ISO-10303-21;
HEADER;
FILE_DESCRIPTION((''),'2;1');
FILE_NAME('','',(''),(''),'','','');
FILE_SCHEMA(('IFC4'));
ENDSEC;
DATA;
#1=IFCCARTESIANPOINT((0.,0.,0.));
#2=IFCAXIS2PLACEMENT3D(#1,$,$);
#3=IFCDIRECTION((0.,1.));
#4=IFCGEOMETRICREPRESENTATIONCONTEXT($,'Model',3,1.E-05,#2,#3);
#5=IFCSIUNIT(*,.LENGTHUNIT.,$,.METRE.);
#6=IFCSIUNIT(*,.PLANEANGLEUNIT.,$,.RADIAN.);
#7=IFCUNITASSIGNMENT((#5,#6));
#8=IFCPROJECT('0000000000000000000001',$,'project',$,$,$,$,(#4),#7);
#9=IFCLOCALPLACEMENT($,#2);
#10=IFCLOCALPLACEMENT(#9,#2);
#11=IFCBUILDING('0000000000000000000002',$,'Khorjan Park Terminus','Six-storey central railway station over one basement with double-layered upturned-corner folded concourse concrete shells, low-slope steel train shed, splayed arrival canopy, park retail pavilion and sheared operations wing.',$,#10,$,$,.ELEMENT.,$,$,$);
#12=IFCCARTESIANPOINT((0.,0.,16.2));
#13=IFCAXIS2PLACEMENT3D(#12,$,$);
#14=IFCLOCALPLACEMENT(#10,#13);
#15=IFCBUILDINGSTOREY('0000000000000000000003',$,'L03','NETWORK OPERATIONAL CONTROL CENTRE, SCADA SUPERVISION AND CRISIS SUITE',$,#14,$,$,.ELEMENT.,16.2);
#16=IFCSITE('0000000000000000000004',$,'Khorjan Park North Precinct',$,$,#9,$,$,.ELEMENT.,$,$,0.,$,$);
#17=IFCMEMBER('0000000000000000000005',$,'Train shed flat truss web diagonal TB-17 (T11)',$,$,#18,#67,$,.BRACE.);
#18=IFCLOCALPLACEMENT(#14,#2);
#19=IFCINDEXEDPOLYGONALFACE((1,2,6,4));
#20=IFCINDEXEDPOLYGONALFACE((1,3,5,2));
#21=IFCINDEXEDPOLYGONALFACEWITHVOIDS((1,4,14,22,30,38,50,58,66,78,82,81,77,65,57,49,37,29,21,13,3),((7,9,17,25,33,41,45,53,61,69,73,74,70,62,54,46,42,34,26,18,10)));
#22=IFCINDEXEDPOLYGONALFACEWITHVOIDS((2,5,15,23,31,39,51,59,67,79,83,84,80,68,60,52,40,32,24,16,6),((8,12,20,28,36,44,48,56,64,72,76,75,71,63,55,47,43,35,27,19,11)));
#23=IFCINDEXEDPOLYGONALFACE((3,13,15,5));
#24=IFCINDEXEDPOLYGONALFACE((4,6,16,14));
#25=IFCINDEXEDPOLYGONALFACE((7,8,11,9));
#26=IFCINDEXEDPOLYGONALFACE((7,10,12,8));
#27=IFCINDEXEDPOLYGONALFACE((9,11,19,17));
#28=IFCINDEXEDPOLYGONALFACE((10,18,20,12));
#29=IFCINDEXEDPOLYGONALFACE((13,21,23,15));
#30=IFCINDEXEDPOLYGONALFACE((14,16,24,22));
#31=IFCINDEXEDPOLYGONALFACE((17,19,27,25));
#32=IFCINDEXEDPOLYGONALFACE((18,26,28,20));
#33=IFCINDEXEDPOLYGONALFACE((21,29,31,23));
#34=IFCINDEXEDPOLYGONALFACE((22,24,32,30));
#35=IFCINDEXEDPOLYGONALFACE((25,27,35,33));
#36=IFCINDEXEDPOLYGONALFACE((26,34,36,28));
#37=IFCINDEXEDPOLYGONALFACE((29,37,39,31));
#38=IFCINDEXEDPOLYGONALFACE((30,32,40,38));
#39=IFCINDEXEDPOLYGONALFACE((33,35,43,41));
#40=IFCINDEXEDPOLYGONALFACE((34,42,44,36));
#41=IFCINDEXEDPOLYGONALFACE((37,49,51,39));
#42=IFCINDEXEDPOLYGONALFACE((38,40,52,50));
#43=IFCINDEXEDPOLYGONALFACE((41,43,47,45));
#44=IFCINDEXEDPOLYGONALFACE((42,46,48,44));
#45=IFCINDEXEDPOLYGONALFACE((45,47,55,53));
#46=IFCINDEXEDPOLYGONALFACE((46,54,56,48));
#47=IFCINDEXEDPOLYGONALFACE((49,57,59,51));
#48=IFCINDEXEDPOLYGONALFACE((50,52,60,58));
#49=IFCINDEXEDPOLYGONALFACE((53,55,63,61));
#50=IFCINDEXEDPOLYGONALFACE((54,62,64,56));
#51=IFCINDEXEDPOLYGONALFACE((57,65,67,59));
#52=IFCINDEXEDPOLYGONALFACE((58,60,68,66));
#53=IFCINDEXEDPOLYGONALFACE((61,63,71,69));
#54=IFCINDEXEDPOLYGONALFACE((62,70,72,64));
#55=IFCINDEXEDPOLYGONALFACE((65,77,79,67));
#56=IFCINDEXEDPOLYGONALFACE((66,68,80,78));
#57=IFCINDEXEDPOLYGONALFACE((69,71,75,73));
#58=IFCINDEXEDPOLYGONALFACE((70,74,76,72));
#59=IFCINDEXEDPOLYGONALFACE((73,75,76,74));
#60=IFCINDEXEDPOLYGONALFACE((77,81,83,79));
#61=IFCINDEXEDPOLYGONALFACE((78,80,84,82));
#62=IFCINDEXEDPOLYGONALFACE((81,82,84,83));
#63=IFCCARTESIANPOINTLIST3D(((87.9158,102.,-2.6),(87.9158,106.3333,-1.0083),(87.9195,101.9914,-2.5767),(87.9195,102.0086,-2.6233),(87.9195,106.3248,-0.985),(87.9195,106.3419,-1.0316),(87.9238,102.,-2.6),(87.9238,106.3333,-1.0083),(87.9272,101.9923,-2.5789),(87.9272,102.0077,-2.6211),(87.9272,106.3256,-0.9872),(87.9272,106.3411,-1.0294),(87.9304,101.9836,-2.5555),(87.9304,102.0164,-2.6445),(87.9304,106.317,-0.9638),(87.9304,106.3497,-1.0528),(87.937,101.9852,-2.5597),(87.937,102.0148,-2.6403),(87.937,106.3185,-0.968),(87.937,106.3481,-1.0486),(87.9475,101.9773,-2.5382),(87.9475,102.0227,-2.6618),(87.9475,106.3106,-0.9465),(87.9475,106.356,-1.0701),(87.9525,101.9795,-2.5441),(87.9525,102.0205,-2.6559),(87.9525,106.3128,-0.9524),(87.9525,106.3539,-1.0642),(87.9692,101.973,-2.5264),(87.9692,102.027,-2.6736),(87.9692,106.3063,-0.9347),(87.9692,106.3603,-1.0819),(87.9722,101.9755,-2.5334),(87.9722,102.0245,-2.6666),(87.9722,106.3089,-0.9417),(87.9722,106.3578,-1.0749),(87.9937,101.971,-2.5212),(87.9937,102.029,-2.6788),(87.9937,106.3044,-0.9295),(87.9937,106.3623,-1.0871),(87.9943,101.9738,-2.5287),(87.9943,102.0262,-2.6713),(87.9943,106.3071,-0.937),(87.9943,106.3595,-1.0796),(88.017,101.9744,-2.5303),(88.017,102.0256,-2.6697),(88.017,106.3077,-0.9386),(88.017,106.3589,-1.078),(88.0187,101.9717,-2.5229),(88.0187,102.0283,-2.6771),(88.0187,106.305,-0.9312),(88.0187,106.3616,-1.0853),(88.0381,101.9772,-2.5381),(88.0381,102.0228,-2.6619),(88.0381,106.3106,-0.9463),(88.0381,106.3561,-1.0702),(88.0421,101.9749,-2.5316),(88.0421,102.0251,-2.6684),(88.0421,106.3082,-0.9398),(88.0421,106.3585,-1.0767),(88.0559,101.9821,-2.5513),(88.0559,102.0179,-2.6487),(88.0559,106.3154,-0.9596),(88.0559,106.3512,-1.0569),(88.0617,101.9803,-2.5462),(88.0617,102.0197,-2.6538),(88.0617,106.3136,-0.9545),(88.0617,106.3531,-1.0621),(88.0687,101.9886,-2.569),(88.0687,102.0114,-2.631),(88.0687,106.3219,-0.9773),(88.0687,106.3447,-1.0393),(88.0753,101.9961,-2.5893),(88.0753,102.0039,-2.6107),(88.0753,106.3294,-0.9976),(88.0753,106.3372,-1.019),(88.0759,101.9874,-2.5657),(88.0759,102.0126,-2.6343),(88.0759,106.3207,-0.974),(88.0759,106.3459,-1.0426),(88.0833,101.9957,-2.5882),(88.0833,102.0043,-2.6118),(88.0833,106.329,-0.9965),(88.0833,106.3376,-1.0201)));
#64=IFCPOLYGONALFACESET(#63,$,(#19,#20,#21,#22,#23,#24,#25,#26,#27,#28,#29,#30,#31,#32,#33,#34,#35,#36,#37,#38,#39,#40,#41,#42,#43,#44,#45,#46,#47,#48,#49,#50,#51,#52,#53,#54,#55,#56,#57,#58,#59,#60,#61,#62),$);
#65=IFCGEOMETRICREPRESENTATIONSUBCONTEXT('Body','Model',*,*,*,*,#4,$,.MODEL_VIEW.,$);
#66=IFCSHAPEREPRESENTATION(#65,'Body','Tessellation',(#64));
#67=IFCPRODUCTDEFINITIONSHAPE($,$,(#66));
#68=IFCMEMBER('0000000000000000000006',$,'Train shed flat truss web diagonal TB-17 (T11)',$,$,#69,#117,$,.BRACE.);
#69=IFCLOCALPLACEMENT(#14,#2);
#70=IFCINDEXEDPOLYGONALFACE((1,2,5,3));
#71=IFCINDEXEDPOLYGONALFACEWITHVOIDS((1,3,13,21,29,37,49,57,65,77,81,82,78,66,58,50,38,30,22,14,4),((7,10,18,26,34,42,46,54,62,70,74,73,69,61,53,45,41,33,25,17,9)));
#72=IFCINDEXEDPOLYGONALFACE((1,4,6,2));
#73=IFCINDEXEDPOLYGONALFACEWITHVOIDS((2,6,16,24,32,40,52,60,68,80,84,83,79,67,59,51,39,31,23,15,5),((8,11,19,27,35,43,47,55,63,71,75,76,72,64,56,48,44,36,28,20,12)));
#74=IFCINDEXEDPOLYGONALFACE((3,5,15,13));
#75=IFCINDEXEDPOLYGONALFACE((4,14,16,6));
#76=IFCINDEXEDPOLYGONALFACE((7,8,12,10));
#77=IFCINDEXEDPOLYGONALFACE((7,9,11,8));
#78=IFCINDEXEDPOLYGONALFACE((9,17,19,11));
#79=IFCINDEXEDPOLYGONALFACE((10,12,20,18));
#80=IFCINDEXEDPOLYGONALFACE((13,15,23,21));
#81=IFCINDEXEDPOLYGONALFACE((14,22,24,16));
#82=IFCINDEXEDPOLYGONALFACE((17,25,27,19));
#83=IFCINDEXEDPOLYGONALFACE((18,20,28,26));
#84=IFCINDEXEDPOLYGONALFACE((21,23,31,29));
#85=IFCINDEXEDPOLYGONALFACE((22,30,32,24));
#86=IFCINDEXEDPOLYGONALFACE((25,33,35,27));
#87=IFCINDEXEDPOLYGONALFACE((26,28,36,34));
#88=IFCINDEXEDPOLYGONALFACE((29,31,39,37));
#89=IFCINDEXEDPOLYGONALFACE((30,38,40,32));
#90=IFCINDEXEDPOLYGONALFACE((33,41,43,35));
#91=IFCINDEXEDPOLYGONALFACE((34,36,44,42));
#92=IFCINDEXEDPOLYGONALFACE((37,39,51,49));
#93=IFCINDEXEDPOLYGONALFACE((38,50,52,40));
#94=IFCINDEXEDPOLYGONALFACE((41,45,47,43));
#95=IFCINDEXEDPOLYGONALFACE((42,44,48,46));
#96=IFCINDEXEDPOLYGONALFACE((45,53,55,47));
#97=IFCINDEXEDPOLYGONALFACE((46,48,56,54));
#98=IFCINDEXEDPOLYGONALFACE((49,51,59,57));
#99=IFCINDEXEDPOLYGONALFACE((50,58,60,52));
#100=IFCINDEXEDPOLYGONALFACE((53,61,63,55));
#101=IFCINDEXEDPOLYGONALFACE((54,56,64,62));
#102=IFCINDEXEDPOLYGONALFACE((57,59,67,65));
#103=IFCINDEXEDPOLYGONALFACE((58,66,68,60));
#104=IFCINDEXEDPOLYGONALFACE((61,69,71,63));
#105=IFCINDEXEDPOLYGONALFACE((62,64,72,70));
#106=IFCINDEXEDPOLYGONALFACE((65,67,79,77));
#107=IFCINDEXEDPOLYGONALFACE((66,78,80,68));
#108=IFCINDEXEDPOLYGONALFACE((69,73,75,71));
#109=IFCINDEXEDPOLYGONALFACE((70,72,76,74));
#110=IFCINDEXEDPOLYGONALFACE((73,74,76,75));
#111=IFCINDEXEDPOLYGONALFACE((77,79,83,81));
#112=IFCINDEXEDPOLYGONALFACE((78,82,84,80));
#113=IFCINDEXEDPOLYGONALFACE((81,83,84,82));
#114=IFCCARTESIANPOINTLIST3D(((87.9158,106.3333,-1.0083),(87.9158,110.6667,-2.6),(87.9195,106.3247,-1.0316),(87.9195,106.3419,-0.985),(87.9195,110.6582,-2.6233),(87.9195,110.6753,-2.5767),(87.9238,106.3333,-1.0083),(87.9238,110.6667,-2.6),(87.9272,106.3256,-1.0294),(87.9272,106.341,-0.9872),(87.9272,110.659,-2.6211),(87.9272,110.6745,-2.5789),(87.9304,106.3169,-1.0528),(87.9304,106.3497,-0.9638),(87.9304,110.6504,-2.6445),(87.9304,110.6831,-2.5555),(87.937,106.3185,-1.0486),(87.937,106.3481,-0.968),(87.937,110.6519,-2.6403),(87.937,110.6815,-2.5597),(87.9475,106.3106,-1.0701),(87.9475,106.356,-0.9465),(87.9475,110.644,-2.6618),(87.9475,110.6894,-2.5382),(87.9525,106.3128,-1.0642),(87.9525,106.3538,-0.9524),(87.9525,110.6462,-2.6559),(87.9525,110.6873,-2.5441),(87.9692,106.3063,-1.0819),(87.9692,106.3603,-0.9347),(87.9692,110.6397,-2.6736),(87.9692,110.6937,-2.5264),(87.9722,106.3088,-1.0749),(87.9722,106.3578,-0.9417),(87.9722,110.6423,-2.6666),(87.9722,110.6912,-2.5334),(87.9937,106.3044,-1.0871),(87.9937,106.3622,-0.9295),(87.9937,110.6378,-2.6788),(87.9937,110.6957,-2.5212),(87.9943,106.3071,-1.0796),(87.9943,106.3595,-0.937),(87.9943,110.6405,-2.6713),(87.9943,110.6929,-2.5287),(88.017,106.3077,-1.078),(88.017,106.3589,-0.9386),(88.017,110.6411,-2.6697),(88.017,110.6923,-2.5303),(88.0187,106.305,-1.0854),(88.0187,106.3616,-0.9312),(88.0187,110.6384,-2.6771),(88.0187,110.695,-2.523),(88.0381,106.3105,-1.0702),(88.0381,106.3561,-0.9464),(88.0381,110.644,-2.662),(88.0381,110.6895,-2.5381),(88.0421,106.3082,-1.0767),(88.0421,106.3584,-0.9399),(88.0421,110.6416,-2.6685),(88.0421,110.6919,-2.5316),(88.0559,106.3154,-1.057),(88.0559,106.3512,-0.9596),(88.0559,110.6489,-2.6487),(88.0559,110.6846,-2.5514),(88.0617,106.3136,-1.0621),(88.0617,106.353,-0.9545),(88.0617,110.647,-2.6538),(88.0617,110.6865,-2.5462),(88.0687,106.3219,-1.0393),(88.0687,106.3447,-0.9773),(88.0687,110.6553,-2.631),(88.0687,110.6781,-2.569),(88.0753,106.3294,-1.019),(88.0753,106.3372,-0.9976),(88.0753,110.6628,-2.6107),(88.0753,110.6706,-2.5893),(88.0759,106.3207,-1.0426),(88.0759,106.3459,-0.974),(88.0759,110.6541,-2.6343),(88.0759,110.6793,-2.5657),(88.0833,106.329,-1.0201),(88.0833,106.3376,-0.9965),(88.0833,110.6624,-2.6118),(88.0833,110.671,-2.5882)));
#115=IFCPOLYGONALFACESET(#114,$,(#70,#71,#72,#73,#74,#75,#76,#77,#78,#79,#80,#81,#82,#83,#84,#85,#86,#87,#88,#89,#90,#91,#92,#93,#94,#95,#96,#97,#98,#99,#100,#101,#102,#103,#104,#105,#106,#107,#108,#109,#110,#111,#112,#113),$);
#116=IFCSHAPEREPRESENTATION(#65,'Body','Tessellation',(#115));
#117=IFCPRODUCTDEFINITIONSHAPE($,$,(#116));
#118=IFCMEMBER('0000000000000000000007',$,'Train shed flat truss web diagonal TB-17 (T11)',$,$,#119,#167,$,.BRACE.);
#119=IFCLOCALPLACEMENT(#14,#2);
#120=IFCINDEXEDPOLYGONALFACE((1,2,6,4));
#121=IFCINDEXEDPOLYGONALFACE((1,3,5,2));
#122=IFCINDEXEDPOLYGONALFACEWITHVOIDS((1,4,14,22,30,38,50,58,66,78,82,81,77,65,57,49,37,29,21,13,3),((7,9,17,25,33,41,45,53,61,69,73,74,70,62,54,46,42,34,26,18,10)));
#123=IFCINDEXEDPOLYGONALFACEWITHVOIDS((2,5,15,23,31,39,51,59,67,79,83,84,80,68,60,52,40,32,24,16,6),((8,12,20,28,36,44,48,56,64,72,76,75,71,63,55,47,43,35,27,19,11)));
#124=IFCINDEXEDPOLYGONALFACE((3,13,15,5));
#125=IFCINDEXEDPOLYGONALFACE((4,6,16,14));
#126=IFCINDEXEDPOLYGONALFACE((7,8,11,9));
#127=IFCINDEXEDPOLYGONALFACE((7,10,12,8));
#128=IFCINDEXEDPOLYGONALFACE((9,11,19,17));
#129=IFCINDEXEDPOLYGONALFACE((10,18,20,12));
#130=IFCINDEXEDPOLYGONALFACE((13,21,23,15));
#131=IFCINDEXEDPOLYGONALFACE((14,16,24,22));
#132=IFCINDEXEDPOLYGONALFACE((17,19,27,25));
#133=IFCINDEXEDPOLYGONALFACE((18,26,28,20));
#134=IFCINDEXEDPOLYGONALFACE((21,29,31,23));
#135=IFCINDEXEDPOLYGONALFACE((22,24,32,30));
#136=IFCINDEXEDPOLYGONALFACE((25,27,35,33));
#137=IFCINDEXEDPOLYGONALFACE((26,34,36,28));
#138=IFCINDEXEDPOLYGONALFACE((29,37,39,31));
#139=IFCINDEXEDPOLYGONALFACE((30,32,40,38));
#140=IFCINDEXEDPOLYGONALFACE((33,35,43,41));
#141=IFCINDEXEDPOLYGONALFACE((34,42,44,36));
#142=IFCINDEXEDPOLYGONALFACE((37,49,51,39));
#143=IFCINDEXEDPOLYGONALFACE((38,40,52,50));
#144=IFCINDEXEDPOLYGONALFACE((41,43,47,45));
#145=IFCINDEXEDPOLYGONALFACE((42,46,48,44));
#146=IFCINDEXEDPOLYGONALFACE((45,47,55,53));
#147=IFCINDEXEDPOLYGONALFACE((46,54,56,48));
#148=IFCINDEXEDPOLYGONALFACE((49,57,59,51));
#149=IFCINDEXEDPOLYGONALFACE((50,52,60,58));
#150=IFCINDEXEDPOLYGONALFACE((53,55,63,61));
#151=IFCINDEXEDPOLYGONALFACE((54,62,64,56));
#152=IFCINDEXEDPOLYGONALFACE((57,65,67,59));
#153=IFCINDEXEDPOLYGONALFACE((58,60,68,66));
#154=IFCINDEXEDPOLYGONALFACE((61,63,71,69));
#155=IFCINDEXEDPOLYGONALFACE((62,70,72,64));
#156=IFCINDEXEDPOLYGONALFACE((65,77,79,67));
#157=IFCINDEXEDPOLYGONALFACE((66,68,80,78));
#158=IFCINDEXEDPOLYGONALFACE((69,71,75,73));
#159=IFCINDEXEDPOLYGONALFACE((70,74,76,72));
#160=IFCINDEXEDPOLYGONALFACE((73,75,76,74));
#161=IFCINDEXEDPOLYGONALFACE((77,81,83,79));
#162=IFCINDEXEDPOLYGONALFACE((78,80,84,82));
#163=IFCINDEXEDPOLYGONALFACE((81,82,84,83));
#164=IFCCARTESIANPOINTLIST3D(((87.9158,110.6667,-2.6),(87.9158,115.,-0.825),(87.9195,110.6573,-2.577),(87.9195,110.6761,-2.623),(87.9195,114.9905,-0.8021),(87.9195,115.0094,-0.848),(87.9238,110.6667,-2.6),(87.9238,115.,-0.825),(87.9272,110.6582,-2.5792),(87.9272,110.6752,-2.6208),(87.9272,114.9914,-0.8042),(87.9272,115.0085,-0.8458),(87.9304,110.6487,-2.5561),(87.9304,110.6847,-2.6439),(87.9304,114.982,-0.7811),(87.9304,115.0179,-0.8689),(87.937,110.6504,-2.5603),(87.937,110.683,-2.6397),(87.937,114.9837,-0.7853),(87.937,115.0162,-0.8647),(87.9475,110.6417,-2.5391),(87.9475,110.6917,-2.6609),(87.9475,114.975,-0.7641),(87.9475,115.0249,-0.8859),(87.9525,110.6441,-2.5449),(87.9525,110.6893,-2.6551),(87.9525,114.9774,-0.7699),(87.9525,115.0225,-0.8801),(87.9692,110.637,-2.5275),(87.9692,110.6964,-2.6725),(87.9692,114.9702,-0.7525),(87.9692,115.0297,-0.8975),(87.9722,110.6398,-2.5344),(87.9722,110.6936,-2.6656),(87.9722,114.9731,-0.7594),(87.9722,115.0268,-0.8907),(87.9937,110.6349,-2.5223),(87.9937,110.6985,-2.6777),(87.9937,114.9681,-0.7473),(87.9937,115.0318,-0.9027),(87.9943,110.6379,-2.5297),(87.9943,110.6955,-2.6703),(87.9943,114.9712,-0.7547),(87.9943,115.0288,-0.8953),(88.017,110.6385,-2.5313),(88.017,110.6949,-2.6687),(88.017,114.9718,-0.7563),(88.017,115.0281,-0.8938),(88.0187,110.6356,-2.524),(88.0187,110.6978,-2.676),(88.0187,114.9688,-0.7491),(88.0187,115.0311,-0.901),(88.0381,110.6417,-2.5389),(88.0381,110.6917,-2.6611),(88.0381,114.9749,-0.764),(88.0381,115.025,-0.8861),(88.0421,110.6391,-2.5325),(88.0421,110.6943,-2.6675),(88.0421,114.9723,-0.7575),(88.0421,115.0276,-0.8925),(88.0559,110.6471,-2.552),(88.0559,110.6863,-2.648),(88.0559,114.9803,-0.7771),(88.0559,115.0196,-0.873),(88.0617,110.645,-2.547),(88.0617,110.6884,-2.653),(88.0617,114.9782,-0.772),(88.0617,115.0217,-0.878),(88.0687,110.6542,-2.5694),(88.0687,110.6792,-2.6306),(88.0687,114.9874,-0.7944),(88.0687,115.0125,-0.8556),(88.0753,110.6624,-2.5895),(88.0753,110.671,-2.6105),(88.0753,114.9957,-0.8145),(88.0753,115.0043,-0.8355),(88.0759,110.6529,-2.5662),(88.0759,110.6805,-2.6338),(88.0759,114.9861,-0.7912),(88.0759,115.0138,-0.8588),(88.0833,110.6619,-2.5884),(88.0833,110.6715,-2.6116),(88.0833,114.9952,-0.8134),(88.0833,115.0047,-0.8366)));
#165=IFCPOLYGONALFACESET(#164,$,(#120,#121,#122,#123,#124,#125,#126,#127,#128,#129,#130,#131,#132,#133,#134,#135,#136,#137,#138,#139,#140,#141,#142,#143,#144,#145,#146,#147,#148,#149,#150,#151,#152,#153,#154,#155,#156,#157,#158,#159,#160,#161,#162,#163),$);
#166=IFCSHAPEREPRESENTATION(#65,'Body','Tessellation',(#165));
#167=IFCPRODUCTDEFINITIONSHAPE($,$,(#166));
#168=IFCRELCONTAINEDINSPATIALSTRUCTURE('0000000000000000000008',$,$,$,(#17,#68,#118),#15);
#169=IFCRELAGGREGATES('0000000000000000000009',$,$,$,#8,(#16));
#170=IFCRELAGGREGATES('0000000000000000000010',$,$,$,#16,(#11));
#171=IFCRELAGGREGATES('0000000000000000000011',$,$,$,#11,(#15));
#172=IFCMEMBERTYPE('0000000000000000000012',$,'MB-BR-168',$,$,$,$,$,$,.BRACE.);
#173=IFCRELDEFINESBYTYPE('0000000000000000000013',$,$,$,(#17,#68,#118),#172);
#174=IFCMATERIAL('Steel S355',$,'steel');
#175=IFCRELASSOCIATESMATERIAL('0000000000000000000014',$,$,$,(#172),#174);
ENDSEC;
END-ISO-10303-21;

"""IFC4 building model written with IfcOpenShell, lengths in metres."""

from ifc_helpers import new_model, si_unit, direction, frame, origin, origin_2d, place, context, subcontext, project, spatial, hollow_circle, extrude, material, material_profile, profile_set, type_object, element, save


model = new_model("IFC4")

# Units and contexts
model_context = context("Model", 3, precision=1e-05, world=origin(), true_north=direction((0.0, 1.0)))
body_context = subcontext(model_context, "Body", "Model", "MODEL_VIEW")
ifc_project = project(units=[si_unit("LENGTHUNIT", "METRE"), si_unit("PLANEANGLEUNIT", "RADIAN")], contexts=[model_context])

# Site, building, storey
site_placement = place(None, origin())
site = spatial("IfcSite", under=ifc_project, at=site_placement, Name="Khorjan Park North Precinct", CompositionType="ELEMENT", RefElevation=0.0)
building_placement = place(site_placement, origin())
building = spatial("IfcBuilding", under=site, at=building_placement, Name="Khorjan Park Terminus", Description="Six-storey central railway station over one basement with double-layered upturned-corner folded concourse concrete shells, low-slope steel train shed, splayed arrival canopy, park retail pavilion and sheared operations wing.", CompositionType="ELEMENT")
storey_placement = place(building_placement, frame((0.0, 0.0, 16.2)))
storey = spatial("IfcBuildingStorey", under=building, at=storey_placement, Name="L03", Description="NETWORK OPERATIONAL CONTROL CENTRE, SCADA SUPERVISION AND CRISIS SUITE", CompositionType="ELEMENT", Elevation=16.2)

# Members
ifc_material_1 = material(Name="Steel S355", Category="steel")
ifc_material_profile_1 = material_profile(ifc_material_1, hollow_circle(Radius=0.0842, WallThickness=0.008, at=origin_2d()), Name="CHS 168.3x8")
ifc_profile_set_1 = profile_set([ifc_material_profile_1], Name="Steel S355")
member_type_1 = type_object("IfcMemberType", Name="MB-BR-168", PredefinedType="BRACE", material=ifc_profile_set_1)
member_1_placement = place(storey_placement, frame((88.0, 102.0, -2.6), z_axis=(0.0, 0.938678, 0.344794), x_axis=(-1.0, 0.0, 0.0)))
element("IfcMember", 1, at=member_1_placement, inside=storey, type_object=member_type_1, Name="Train shed flat truss web diagonal TB-17 (T11)", PredefinedType="BRACE", context=body_context, shape_type="SweptSolid", body=[
    extrude(hollow_circle(Radius=0.0842, WallThickness=0.008, at=origin_2d()), origin(), (0.0, 0.0, 1.0), 4.6164),
])
member_2_placement = place(storey_placement, frame((88.0, 106.3333, -1.0083), z_axis=(0.0, 0.938681, -0.344787), x_axis=(-1.0, 0.0, 0.0)))
element("IfcMember", 2, at=member_2_placement, inside=storey, type_object=member_type_1, Name="Train shed flat truss web diagonal TB-17 (T11)", PredefinedType="BRACE", context=body_context, shape_type="SweptSolid", body=[
    extrude(hollow_circle(Radius=0.0842, WallThickness=0.008, at=origin_2d()), origin(), (0.0, 0.0, 1.0), 4.6165),
])
for number, where, z_axis, x_axis, name in (
    (3, (88.0, 110.6667, -2.6), (0.0, 0.925376, 0.379051), (-1.0, 0.0, 0.0), "Train shed flat truss web diagonal TB-17 (T11)"),
):
    element("IfcMember", number, at=place(storey_placement, frame(where, z_axis=z_axis, x_axis=x_axis)), inside=storey, type_object=member_type_1, Name=name, PredefinedType="BRACE", context=body_context, shape_type="SweptSolid", body=[
        extrude(hollow_circle(Radius=0.0842, WallThickness=0.008, at=origin_2d()), origin(), (0.0, 0.0, 1.0), 4.6827),
    ])

save(model, "model.ifc")
